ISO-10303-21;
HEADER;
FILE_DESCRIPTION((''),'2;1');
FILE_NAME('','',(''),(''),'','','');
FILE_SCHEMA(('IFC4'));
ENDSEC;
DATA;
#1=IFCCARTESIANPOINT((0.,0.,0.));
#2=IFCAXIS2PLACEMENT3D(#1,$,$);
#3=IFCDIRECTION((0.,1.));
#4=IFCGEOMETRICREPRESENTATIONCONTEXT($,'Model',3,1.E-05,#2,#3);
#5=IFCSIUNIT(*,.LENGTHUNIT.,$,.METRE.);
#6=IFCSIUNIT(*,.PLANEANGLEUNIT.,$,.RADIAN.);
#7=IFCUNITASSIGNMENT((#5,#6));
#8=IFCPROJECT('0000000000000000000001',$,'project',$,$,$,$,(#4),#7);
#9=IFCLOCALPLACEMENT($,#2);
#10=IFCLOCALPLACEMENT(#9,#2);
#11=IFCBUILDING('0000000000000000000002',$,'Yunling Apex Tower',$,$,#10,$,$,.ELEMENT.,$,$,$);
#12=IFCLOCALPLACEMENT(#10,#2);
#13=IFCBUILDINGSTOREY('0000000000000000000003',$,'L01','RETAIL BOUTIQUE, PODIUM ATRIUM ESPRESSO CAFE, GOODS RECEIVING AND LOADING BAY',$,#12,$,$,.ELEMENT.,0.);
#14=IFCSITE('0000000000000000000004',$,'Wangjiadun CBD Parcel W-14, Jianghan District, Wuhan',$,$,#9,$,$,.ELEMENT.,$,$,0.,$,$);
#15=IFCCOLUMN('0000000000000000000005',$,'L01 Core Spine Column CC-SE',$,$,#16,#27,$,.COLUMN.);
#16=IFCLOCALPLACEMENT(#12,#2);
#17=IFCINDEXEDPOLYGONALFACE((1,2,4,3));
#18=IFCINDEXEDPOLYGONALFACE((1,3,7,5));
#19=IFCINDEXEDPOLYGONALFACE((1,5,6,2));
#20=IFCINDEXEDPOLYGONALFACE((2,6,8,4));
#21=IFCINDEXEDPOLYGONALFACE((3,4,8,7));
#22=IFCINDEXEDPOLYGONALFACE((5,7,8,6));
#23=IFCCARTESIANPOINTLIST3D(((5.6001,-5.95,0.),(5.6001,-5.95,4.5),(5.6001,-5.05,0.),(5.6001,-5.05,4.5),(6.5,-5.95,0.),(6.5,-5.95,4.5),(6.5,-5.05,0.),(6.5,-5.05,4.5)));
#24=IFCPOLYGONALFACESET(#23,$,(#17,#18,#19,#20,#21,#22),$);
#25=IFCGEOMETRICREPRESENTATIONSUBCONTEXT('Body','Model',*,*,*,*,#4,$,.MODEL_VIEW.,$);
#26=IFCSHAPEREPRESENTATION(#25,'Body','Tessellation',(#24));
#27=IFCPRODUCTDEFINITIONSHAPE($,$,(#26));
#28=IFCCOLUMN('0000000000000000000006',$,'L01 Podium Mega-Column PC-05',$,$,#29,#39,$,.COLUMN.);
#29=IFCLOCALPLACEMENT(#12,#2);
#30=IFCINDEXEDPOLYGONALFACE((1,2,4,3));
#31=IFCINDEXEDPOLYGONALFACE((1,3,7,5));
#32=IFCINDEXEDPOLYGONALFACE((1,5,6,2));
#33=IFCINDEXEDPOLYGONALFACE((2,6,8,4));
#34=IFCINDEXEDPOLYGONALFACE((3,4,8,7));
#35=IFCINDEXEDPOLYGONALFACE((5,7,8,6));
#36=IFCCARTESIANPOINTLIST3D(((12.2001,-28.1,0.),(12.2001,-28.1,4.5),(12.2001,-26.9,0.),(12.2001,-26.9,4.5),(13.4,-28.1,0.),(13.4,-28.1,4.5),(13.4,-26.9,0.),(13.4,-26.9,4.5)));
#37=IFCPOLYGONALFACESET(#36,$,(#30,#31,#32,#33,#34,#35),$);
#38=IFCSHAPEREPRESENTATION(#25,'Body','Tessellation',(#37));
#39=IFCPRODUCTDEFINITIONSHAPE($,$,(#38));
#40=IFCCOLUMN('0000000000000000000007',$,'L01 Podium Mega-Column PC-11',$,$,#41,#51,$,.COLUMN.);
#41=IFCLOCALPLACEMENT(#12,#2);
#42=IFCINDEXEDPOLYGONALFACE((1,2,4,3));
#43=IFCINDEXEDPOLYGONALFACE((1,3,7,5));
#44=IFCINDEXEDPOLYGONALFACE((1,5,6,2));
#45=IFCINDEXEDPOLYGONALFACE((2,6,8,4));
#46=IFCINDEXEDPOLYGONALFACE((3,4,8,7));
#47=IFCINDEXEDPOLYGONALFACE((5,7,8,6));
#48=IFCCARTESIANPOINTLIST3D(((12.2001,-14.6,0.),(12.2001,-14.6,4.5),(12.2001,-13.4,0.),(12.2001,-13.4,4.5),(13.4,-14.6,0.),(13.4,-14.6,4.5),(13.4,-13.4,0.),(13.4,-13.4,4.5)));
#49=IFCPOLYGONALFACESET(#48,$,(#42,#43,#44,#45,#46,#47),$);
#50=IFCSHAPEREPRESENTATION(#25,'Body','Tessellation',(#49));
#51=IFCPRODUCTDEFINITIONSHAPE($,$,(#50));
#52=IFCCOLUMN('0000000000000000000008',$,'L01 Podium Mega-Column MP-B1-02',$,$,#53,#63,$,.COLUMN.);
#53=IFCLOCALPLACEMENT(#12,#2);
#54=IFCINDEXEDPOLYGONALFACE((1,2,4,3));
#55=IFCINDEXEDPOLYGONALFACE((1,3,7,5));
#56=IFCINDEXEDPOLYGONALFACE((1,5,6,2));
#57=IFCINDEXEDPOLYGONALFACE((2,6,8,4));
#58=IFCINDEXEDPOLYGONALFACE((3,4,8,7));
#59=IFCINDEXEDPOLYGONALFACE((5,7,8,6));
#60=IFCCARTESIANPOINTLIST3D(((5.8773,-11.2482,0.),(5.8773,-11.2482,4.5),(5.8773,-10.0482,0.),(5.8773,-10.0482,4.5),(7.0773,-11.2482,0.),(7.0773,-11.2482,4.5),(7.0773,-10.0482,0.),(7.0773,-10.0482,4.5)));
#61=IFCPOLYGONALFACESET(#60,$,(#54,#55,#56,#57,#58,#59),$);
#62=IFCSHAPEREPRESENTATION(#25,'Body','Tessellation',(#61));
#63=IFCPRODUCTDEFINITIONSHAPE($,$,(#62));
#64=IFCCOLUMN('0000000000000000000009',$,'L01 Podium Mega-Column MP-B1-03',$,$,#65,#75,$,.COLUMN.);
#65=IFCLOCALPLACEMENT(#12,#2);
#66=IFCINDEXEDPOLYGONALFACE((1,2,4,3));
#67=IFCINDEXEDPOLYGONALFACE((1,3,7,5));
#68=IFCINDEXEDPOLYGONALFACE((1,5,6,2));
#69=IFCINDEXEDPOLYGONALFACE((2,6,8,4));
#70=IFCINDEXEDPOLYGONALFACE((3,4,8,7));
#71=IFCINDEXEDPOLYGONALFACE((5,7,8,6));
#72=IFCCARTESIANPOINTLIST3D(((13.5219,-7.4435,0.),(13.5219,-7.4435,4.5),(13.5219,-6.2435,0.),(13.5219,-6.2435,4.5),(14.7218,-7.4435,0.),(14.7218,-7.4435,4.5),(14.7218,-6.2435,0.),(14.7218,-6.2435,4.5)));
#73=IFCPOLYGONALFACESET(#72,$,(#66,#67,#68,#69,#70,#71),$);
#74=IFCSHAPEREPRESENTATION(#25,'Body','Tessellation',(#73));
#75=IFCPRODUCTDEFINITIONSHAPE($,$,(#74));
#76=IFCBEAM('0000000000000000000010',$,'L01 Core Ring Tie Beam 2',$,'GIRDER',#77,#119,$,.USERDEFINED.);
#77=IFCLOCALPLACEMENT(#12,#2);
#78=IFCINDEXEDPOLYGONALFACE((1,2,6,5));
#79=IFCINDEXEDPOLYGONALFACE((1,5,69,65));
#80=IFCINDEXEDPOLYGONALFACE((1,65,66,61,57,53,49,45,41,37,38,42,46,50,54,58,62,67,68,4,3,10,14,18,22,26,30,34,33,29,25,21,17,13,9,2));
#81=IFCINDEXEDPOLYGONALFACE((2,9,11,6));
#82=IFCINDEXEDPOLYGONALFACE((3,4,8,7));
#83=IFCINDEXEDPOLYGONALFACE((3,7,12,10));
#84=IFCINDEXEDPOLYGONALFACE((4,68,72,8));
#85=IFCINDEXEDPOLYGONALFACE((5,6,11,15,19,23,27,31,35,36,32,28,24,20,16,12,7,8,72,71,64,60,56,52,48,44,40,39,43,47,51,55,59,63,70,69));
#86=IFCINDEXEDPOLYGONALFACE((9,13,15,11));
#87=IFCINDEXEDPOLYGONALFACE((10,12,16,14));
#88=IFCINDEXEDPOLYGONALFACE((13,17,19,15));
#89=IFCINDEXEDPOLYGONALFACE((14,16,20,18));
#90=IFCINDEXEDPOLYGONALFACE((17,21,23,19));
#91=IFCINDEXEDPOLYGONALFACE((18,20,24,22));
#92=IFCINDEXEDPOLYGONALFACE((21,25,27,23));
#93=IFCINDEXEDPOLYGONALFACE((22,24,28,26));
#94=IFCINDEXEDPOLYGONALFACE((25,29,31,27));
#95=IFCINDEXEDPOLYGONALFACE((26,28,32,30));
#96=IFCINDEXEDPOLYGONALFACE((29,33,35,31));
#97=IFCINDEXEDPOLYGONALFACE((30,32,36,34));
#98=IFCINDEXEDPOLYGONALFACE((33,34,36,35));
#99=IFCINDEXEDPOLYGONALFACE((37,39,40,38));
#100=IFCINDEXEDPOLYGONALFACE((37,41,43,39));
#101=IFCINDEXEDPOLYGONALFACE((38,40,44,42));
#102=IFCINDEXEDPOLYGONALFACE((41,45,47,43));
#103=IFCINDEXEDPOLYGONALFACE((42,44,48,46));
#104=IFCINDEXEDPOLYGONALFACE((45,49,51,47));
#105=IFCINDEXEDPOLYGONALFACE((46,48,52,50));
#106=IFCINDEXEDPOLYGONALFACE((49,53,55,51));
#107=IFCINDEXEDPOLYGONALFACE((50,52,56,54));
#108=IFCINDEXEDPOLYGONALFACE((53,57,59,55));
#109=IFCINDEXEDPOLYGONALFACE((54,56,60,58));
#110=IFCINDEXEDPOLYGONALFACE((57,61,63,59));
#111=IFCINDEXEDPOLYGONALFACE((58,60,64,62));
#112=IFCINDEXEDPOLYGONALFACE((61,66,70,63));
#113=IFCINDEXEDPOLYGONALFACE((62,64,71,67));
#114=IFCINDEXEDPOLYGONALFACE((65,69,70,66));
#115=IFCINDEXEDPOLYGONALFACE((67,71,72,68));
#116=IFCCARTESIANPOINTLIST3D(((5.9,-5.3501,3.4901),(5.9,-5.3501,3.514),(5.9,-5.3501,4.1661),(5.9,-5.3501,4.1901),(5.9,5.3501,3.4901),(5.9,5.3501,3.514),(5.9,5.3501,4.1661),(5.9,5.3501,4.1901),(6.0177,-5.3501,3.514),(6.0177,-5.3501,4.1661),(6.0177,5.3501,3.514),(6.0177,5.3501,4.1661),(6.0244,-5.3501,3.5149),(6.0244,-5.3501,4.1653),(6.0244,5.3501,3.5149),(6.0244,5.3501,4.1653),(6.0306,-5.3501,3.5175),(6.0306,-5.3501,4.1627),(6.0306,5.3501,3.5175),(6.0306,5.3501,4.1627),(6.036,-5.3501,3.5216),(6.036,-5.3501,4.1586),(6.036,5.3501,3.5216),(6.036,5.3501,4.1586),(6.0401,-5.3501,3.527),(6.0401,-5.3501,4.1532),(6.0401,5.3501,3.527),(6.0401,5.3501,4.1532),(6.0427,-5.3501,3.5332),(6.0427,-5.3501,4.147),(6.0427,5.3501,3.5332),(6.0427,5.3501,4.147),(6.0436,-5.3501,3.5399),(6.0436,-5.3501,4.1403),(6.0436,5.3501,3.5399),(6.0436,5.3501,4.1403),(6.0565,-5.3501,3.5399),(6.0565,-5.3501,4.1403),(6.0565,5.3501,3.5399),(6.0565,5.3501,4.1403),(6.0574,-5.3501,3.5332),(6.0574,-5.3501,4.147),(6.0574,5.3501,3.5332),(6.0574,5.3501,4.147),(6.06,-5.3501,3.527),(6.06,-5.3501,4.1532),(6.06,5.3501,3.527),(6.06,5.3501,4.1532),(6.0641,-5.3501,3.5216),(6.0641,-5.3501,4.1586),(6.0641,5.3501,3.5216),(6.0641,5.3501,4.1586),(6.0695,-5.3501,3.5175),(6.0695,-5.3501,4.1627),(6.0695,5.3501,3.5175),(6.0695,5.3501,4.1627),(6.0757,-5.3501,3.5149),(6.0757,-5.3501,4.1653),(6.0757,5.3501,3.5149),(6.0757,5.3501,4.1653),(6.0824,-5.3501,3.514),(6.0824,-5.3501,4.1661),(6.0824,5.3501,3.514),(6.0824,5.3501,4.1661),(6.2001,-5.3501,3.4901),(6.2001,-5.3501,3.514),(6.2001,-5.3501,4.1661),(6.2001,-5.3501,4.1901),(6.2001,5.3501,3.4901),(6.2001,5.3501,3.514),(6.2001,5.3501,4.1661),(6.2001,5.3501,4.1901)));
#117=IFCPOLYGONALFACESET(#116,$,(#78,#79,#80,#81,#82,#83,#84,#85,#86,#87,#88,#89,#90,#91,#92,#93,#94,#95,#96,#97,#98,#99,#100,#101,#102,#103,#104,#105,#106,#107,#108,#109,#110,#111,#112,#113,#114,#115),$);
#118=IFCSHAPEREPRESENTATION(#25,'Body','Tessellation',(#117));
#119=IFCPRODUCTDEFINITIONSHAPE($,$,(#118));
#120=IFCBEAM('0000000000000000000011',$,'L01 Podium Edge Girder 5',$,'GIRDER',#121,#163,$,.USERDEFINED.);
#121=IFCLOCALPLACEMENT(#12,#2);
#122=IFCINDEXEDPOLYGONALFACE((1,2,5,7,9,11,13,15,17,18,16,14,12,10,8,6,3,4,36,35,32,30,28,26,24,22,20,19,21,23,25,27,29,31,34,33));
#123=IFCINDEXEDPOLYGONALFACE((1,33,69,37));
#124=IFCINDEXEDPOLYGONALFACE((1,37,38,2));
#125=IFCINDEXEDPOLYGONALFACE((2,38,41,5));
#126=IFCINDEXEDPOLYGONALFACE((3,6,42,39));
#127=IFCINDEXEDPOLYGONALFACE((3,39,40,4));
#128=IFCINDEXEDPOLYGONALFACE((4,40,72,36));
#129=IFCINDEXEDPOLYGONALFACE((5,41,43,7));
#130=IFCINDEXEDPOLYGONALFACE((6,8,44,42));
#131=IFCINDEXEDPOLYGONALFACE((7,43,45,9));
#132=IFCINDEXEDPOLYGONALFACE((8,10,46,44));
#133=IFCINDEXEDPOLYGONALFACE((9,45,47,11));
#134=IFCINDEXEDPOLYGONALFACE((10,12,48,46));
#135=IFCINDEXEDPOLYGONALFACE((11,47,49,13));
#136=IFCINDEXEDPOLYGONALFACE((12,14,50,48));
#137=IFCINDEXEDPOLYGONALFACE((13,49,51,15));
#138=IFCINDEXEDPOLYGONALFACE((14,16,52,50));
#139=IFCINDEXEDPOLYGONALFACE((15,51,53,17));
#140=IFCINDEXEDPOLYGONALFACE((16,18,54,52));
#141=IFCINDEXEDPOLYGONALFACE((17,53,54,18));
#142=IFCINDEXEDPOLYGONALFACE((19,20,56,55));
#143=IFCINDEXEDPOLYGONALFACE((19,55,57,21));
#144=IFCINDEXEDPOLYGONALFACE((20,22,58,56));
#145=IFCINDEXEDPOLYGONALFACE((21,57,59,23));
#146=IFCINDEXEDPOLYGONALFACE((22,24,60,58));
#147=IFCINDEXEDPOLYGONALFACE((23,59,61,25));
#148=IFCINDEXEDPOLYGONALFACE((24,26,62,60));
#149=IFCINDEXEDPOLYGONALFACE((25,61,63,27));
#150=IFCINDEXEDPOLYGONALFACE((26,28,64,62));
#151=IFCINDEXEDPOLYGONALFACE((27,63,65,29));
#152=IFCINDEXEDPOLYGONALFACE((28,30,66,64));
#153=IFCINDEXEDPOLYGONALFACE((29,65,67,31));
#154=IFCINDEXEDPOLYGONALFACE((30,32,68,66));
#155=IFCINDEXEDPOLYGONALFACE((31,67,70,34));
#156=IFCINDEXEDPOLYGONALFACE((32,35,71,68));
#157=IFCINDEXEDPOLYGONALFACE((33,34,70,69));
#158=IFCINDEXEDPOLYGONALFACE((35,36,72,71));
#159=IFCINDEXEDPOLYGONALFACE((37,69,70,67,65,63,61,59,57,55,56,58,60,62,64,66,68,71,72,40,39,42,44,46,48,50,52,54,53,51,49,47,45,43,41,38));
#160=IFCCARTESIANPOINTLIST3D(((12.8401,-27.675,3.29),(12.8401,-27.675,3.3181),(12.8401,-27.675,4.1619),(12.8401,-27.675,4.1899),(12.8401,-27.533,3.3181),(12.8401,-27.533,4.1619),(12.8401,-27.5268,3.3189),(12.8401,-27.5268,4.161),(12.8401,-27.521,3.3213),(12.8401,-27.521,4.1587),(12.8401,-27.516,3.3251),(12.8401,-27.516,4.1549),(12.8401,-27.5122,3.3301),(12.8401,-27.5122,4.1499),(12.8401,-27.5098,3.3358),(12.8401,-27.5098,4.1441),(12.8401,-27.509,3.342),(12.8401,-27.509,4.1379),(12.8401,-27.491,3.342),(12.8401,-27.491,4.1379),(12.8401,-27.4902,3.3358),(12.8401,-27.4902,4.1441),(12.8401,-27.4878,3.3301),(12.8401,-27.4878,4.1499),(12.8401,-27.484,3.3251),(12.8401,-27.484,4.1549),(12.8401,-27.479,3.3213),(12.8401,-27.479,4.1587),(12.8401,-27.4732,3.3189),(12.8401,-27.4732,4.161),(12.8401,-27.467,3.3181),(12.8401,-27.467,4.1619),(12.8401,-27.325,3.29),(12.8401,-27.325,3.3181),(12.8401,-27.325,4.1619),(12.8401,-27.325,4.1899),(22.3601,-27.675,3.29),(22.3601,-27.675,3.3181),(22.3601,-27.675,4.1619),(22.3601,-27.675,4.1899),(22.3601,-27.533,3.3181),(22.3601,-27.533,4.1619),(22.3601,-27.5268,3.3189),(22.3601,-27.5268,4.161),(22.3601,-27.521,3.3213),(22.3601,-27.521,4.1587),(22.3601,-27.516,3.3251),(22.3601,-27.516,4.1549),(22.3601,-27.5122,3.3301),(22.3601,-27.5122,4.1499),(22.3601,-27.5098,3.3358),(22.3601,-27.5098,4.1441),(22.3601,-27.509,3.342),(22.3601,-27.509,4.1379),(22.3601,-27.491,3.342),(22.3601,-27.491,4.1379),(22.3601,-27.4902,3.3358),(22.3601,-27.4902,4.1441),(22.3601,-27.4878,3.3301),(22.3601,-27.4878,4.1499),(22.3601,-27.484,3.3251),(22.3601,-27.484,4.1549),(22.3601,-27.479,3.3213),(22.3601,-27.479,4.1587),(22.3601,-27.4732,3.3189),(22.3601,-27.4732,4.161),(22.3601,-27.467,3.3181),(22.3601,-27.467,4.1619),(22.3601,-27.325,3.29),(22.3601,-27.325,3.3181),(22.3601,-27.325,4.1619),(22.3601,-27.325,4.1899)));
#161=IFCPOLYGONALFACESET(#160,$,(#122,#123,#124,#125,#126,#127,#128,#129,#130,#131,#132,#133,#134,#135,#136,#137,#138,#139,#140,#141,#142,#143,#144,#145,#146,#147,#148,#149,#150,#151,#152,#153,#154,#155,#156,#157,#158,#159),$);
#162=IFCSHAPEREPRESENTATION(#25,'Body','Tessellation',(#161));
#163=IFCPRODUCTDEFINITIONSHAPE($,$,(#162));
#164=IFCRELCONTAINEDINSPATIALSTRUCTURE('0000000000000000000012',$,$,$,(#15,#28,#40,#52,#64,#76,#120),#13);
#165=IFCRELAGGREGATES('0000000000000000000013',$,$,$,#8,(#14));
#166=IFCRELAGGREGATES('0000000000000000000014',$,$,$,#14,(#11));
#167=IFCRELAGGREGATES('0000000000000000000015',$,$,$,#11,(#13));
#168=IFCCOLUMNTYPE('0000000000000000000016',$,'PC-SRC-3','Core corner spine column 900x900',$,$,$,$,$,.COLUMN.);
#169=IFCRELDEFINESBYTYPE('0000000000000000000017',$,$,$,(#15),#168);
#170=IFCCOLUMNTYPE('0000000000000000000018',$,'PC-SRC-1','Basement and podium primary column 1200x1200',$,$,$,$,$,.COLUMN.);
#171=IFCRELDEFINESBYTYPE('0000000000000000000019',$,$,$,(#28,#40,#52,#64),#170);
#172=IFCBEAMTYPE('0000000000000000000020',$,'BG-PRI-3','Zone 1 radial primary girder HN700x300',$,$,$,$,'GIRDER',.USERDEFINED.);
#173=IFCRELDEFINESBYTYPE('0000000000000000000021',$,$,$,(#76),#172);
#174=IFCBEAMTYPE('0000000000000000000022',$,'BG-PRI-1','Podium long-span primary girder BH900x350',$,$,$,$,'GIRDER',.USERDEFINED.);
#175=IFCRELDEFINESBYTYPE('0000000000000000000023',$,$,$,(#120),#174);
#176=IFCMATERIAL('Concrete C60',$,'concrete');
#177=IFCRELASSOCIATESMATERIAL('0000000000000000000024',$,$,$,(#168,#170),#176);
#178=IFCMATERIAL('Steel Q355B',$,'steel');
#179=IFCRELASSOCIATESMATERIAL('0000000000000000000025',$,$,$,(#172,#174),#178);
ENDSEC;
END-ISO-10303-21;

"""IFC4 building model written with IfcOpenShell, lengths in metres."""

from ifc_helpers import new_model, si_unit, direction, frame, origin, origin_2d, place, context, subcontext, project, spatial, rectangle, i_section, extrude, source, transform, mapped, material, material_profile, profile_set, type_object, element, save


model = new_model("IFC4")

# Units and contexts
model_context = context("Model", 3, precision=1e-05, world=origin(), true_north=direction((0.0, 1.0)))
body_context = subcontext(model_context, "Body", "Model", "MODEL_VIEW")
ifc_project = project(units=[si_unit("LENGTHUNIT", "METRE"), si_unit("PLANEANGLEUNIT", "RADIAN")], contexts=[model_context])

# Site, building, storey
site_placement = place(None, origin())
site = spatial("IfcSite", under=ifc_project, at=site_placement, Name="Wangjiadun CBD Parcel W-14, Jianghan District, Wuhan", CompositionType="ELEMENT", RefElevation=0.0)
building_placement = place(site_placement, origin())
building = spatial("IfcBuilding", under=site, at=building_placement, Name="Yunling Apex Tower", CompositionType="ELEMENT")
storey_placement = place(building_placement, origin())
storey = spatial("IfcBuildingStorey", under=building, at=storey_placement, Name="L01", Description="RETAIL BOUTIQUE, PODIUM ATRIUM ESPRESSO CAFE, GOODS RECEIVING AND LOADING BAY", CompositionType="ELEMENT", Elevation=0.0)

# Columns
ifc_material_1 = material(Name="Concrete C60", Category="concrete")
ifc_material_profile_1 = material_profile(ifc_material_1, rectangle(XDim=0.8999, YDim=0.8999, at=origin_2d()))
ifc_profile_set_1 = profile_set([ifc_material_profile_1], Name="Concrete C60")
column_type_1 = type_object("IfcColumnType", Name="PC-SRC-3", Description="Core corner spine column 900x900", PredefinedType="COLUMN", material=ifc_profile_set_1)
shared_shape_1 = source(origin(), body_context, "Body", "SweptSolid", [
    extrude(rectangle(XDim=0.8999, YDim=0.8999, at=origin_2d()), origin(), (0.0, 0.0, 1.0), 4.5),
])
column_placement = place(storey_placement, frame((6.05, -5.5, 0.0), z_axis=(0.0, 0.0, 1.0), x_axis=(1.0, 0.0, 0.0)))
element("IfcColumn", 1, at=column_placement, inside=storey, type_object=column_type_1, Name="L01 Core Spine Column CC-SE", PredefinedType="COLUMN", context=body_context, shape_type="MappedRepresentation", body=[
    mapped(shared_shape_1, transform((0.0, 0.0, 0.0), scale=1.0)),
])
ifc_material_profile_2 = material_profile(ifc_material_1, rectangle(XDim=1.2, YDim=1.2, at=origin_2d()))
ifc_profile_set_2 = profile_set([ifc_material_profile_2], Name="Concrete C60")
column_type_2 = type_object("IfcColumnType", Name="PC-SRC-1", Description="Basement and podium primary column 1200x1200", PredefinedType="COLUMN", material=ifc_profile_set_2)
shared_shape_2 = source(origin(), body_context, "Body", "SweptSolid", [
    extrude(rectangle(XDim=1.2, YDim=1.2, at=origin_2d()), origin(), (0.0, 0.0, 1.0), 4.5),
])
for number, where, z_axis, x_axis, name in (
    (2, (12.8, -27.5, 0.0), (0.0, 0.0, 1.0), (1.0, 0.0, 0.0), "L01 Podium Mega-Column PC-05"),
    (3, (12.8, -14.0, 0.0), (0.0, 0.0, 1.0), (1.0, 0.0, 0.0), "L01 Podium Mega-Column PC-11"),
    (4, (6.4773, -10.6482, 0.0), (0.0, 0.0, 1.0), (1.0, 0.0, 0.0), "L01 Podium Mega-Column MP-B1-02"),
    (5, (14.1218, -6.8435, 0.0), (0.0, 0.0, 1.0), (1.0, 0.0, 0.0), "L01 Podium Mega-Column MP-B1-03"),
):
    element("IfcColumn", number, at=place(storey_placement, frame(where, z_axis=z_axis, x_axis=x_axis)), inside=storey, type_object=column_type_2, Name=name, PredefinedType="COLUMN", context=body_context, shape_type="MappedRepresentation", body=[
        mapped(shared_shape_2, transform((0.0, 0.0, 0.0), scale=1.0)),
    ])

# Beams
ifc_material_2 = material(Name="Steel Q355B", Category="steel")
ifc_material_profile_3 = material_profile(ifc_material_2, i_section(OverallWidth=0.3, OverallDepth=0.7, WebThickness=0.0129, FlangeThickness=0.0239, FilletRadius=0.0259, at=origin_2d()))
ifc_profile_set_3 = profile_set([ifc_material_profile_3], Name="Steel Q355B")
beam_type_1 = type_object("IfcBeamType", Name="BG-PRI-3", Description="Zone 1 radial primary girder HN700x300", ElementType="GIRDER", PredefinedType="USERDEFINED", material=ifc_profile_set_3)
shared_shape_3 = source(origin(), body_context, "Body", "SweptSolid", [
    extrude(i_section(OverallWidth=0.3, OverallDepth=0.7, WebThickness=0.0129, FlangeThickness=0.0239, FilletRadius=0.0259, at=origin_2d()), origin(), (0.0, 0.0, 1.0), 10.7002),
])
beam_1_placement = place(storey_placement, frame((6.05, -5.3501, 3.8401), z_axis=(0.0, 1.0, 0.0), x_axis=(-1.0, 0.0, 0.0)))
element("IfcBeam", 6, at=beam_1_placement, inside=storey, type_object=beam_type_1, Name="L01 Core Ring Tie Beam 2", ObjectType="GIRDER", PredefinedType="USERDEFINED", context=body_context, shape_type="MappedRepresentation", body=[
    mapped(shared_shape_3, transform((0.0, 0.0, 0.0), scale=1.0)),
])
ifc_material_profile_4 = material_profile(ifc_material_2, i_section(OverallWidth=0.3501, OverallDepth=0.8999, WebThickness=0.0181, FlangeThickness=0.0281, FilletRadius=0.0239, at=origin_2d()))
ifc_profile_set_4 = profile_set([ifc_material_profile_4], Name="Steel Q355B")
beam_type_2 = type_object("IfcBeamType", Name="BG-PRI-1", Description="Podium long-span primary girder BH900x350", ElementType="GIRDER", PredefinedType="USERDEFINED", material=ifc_profile_set_4)
shared_shape_4 = source(origin(), body_context, "Body", "SweptSolid", [
    extrude(i_section(OverallWidth=0.3501, OverallDepth=0.8999, WebThickness=0.0181, FlangeThickness=0.0281, FilletRadius=0.0239, at=origin_2d()), origin(), (0.0, 0.0, 1.0), 9.52),
])
beam_2_placement = place(storey_placement, frame((12.8401, -27.5, 3.74), z_axis=(1.0, 0.0, 0.0), x_axis=(0.0, 1.0, 0.0)))
element("IfcBeam", 7, at=beam_2_placement, inside=storey, type_object=beam_type_2, Name="L01 Podium Edge Girder 5", ObjectType="GIRDER", PredefinedType="USERDEFINED", context=body_context, shape_type="MappedRepresentation", body=[
    mapped(shared_shape_4, transform((0.0, 0.0, 0.0), scale=1.0)),
])

save(model, "model.ifc")
